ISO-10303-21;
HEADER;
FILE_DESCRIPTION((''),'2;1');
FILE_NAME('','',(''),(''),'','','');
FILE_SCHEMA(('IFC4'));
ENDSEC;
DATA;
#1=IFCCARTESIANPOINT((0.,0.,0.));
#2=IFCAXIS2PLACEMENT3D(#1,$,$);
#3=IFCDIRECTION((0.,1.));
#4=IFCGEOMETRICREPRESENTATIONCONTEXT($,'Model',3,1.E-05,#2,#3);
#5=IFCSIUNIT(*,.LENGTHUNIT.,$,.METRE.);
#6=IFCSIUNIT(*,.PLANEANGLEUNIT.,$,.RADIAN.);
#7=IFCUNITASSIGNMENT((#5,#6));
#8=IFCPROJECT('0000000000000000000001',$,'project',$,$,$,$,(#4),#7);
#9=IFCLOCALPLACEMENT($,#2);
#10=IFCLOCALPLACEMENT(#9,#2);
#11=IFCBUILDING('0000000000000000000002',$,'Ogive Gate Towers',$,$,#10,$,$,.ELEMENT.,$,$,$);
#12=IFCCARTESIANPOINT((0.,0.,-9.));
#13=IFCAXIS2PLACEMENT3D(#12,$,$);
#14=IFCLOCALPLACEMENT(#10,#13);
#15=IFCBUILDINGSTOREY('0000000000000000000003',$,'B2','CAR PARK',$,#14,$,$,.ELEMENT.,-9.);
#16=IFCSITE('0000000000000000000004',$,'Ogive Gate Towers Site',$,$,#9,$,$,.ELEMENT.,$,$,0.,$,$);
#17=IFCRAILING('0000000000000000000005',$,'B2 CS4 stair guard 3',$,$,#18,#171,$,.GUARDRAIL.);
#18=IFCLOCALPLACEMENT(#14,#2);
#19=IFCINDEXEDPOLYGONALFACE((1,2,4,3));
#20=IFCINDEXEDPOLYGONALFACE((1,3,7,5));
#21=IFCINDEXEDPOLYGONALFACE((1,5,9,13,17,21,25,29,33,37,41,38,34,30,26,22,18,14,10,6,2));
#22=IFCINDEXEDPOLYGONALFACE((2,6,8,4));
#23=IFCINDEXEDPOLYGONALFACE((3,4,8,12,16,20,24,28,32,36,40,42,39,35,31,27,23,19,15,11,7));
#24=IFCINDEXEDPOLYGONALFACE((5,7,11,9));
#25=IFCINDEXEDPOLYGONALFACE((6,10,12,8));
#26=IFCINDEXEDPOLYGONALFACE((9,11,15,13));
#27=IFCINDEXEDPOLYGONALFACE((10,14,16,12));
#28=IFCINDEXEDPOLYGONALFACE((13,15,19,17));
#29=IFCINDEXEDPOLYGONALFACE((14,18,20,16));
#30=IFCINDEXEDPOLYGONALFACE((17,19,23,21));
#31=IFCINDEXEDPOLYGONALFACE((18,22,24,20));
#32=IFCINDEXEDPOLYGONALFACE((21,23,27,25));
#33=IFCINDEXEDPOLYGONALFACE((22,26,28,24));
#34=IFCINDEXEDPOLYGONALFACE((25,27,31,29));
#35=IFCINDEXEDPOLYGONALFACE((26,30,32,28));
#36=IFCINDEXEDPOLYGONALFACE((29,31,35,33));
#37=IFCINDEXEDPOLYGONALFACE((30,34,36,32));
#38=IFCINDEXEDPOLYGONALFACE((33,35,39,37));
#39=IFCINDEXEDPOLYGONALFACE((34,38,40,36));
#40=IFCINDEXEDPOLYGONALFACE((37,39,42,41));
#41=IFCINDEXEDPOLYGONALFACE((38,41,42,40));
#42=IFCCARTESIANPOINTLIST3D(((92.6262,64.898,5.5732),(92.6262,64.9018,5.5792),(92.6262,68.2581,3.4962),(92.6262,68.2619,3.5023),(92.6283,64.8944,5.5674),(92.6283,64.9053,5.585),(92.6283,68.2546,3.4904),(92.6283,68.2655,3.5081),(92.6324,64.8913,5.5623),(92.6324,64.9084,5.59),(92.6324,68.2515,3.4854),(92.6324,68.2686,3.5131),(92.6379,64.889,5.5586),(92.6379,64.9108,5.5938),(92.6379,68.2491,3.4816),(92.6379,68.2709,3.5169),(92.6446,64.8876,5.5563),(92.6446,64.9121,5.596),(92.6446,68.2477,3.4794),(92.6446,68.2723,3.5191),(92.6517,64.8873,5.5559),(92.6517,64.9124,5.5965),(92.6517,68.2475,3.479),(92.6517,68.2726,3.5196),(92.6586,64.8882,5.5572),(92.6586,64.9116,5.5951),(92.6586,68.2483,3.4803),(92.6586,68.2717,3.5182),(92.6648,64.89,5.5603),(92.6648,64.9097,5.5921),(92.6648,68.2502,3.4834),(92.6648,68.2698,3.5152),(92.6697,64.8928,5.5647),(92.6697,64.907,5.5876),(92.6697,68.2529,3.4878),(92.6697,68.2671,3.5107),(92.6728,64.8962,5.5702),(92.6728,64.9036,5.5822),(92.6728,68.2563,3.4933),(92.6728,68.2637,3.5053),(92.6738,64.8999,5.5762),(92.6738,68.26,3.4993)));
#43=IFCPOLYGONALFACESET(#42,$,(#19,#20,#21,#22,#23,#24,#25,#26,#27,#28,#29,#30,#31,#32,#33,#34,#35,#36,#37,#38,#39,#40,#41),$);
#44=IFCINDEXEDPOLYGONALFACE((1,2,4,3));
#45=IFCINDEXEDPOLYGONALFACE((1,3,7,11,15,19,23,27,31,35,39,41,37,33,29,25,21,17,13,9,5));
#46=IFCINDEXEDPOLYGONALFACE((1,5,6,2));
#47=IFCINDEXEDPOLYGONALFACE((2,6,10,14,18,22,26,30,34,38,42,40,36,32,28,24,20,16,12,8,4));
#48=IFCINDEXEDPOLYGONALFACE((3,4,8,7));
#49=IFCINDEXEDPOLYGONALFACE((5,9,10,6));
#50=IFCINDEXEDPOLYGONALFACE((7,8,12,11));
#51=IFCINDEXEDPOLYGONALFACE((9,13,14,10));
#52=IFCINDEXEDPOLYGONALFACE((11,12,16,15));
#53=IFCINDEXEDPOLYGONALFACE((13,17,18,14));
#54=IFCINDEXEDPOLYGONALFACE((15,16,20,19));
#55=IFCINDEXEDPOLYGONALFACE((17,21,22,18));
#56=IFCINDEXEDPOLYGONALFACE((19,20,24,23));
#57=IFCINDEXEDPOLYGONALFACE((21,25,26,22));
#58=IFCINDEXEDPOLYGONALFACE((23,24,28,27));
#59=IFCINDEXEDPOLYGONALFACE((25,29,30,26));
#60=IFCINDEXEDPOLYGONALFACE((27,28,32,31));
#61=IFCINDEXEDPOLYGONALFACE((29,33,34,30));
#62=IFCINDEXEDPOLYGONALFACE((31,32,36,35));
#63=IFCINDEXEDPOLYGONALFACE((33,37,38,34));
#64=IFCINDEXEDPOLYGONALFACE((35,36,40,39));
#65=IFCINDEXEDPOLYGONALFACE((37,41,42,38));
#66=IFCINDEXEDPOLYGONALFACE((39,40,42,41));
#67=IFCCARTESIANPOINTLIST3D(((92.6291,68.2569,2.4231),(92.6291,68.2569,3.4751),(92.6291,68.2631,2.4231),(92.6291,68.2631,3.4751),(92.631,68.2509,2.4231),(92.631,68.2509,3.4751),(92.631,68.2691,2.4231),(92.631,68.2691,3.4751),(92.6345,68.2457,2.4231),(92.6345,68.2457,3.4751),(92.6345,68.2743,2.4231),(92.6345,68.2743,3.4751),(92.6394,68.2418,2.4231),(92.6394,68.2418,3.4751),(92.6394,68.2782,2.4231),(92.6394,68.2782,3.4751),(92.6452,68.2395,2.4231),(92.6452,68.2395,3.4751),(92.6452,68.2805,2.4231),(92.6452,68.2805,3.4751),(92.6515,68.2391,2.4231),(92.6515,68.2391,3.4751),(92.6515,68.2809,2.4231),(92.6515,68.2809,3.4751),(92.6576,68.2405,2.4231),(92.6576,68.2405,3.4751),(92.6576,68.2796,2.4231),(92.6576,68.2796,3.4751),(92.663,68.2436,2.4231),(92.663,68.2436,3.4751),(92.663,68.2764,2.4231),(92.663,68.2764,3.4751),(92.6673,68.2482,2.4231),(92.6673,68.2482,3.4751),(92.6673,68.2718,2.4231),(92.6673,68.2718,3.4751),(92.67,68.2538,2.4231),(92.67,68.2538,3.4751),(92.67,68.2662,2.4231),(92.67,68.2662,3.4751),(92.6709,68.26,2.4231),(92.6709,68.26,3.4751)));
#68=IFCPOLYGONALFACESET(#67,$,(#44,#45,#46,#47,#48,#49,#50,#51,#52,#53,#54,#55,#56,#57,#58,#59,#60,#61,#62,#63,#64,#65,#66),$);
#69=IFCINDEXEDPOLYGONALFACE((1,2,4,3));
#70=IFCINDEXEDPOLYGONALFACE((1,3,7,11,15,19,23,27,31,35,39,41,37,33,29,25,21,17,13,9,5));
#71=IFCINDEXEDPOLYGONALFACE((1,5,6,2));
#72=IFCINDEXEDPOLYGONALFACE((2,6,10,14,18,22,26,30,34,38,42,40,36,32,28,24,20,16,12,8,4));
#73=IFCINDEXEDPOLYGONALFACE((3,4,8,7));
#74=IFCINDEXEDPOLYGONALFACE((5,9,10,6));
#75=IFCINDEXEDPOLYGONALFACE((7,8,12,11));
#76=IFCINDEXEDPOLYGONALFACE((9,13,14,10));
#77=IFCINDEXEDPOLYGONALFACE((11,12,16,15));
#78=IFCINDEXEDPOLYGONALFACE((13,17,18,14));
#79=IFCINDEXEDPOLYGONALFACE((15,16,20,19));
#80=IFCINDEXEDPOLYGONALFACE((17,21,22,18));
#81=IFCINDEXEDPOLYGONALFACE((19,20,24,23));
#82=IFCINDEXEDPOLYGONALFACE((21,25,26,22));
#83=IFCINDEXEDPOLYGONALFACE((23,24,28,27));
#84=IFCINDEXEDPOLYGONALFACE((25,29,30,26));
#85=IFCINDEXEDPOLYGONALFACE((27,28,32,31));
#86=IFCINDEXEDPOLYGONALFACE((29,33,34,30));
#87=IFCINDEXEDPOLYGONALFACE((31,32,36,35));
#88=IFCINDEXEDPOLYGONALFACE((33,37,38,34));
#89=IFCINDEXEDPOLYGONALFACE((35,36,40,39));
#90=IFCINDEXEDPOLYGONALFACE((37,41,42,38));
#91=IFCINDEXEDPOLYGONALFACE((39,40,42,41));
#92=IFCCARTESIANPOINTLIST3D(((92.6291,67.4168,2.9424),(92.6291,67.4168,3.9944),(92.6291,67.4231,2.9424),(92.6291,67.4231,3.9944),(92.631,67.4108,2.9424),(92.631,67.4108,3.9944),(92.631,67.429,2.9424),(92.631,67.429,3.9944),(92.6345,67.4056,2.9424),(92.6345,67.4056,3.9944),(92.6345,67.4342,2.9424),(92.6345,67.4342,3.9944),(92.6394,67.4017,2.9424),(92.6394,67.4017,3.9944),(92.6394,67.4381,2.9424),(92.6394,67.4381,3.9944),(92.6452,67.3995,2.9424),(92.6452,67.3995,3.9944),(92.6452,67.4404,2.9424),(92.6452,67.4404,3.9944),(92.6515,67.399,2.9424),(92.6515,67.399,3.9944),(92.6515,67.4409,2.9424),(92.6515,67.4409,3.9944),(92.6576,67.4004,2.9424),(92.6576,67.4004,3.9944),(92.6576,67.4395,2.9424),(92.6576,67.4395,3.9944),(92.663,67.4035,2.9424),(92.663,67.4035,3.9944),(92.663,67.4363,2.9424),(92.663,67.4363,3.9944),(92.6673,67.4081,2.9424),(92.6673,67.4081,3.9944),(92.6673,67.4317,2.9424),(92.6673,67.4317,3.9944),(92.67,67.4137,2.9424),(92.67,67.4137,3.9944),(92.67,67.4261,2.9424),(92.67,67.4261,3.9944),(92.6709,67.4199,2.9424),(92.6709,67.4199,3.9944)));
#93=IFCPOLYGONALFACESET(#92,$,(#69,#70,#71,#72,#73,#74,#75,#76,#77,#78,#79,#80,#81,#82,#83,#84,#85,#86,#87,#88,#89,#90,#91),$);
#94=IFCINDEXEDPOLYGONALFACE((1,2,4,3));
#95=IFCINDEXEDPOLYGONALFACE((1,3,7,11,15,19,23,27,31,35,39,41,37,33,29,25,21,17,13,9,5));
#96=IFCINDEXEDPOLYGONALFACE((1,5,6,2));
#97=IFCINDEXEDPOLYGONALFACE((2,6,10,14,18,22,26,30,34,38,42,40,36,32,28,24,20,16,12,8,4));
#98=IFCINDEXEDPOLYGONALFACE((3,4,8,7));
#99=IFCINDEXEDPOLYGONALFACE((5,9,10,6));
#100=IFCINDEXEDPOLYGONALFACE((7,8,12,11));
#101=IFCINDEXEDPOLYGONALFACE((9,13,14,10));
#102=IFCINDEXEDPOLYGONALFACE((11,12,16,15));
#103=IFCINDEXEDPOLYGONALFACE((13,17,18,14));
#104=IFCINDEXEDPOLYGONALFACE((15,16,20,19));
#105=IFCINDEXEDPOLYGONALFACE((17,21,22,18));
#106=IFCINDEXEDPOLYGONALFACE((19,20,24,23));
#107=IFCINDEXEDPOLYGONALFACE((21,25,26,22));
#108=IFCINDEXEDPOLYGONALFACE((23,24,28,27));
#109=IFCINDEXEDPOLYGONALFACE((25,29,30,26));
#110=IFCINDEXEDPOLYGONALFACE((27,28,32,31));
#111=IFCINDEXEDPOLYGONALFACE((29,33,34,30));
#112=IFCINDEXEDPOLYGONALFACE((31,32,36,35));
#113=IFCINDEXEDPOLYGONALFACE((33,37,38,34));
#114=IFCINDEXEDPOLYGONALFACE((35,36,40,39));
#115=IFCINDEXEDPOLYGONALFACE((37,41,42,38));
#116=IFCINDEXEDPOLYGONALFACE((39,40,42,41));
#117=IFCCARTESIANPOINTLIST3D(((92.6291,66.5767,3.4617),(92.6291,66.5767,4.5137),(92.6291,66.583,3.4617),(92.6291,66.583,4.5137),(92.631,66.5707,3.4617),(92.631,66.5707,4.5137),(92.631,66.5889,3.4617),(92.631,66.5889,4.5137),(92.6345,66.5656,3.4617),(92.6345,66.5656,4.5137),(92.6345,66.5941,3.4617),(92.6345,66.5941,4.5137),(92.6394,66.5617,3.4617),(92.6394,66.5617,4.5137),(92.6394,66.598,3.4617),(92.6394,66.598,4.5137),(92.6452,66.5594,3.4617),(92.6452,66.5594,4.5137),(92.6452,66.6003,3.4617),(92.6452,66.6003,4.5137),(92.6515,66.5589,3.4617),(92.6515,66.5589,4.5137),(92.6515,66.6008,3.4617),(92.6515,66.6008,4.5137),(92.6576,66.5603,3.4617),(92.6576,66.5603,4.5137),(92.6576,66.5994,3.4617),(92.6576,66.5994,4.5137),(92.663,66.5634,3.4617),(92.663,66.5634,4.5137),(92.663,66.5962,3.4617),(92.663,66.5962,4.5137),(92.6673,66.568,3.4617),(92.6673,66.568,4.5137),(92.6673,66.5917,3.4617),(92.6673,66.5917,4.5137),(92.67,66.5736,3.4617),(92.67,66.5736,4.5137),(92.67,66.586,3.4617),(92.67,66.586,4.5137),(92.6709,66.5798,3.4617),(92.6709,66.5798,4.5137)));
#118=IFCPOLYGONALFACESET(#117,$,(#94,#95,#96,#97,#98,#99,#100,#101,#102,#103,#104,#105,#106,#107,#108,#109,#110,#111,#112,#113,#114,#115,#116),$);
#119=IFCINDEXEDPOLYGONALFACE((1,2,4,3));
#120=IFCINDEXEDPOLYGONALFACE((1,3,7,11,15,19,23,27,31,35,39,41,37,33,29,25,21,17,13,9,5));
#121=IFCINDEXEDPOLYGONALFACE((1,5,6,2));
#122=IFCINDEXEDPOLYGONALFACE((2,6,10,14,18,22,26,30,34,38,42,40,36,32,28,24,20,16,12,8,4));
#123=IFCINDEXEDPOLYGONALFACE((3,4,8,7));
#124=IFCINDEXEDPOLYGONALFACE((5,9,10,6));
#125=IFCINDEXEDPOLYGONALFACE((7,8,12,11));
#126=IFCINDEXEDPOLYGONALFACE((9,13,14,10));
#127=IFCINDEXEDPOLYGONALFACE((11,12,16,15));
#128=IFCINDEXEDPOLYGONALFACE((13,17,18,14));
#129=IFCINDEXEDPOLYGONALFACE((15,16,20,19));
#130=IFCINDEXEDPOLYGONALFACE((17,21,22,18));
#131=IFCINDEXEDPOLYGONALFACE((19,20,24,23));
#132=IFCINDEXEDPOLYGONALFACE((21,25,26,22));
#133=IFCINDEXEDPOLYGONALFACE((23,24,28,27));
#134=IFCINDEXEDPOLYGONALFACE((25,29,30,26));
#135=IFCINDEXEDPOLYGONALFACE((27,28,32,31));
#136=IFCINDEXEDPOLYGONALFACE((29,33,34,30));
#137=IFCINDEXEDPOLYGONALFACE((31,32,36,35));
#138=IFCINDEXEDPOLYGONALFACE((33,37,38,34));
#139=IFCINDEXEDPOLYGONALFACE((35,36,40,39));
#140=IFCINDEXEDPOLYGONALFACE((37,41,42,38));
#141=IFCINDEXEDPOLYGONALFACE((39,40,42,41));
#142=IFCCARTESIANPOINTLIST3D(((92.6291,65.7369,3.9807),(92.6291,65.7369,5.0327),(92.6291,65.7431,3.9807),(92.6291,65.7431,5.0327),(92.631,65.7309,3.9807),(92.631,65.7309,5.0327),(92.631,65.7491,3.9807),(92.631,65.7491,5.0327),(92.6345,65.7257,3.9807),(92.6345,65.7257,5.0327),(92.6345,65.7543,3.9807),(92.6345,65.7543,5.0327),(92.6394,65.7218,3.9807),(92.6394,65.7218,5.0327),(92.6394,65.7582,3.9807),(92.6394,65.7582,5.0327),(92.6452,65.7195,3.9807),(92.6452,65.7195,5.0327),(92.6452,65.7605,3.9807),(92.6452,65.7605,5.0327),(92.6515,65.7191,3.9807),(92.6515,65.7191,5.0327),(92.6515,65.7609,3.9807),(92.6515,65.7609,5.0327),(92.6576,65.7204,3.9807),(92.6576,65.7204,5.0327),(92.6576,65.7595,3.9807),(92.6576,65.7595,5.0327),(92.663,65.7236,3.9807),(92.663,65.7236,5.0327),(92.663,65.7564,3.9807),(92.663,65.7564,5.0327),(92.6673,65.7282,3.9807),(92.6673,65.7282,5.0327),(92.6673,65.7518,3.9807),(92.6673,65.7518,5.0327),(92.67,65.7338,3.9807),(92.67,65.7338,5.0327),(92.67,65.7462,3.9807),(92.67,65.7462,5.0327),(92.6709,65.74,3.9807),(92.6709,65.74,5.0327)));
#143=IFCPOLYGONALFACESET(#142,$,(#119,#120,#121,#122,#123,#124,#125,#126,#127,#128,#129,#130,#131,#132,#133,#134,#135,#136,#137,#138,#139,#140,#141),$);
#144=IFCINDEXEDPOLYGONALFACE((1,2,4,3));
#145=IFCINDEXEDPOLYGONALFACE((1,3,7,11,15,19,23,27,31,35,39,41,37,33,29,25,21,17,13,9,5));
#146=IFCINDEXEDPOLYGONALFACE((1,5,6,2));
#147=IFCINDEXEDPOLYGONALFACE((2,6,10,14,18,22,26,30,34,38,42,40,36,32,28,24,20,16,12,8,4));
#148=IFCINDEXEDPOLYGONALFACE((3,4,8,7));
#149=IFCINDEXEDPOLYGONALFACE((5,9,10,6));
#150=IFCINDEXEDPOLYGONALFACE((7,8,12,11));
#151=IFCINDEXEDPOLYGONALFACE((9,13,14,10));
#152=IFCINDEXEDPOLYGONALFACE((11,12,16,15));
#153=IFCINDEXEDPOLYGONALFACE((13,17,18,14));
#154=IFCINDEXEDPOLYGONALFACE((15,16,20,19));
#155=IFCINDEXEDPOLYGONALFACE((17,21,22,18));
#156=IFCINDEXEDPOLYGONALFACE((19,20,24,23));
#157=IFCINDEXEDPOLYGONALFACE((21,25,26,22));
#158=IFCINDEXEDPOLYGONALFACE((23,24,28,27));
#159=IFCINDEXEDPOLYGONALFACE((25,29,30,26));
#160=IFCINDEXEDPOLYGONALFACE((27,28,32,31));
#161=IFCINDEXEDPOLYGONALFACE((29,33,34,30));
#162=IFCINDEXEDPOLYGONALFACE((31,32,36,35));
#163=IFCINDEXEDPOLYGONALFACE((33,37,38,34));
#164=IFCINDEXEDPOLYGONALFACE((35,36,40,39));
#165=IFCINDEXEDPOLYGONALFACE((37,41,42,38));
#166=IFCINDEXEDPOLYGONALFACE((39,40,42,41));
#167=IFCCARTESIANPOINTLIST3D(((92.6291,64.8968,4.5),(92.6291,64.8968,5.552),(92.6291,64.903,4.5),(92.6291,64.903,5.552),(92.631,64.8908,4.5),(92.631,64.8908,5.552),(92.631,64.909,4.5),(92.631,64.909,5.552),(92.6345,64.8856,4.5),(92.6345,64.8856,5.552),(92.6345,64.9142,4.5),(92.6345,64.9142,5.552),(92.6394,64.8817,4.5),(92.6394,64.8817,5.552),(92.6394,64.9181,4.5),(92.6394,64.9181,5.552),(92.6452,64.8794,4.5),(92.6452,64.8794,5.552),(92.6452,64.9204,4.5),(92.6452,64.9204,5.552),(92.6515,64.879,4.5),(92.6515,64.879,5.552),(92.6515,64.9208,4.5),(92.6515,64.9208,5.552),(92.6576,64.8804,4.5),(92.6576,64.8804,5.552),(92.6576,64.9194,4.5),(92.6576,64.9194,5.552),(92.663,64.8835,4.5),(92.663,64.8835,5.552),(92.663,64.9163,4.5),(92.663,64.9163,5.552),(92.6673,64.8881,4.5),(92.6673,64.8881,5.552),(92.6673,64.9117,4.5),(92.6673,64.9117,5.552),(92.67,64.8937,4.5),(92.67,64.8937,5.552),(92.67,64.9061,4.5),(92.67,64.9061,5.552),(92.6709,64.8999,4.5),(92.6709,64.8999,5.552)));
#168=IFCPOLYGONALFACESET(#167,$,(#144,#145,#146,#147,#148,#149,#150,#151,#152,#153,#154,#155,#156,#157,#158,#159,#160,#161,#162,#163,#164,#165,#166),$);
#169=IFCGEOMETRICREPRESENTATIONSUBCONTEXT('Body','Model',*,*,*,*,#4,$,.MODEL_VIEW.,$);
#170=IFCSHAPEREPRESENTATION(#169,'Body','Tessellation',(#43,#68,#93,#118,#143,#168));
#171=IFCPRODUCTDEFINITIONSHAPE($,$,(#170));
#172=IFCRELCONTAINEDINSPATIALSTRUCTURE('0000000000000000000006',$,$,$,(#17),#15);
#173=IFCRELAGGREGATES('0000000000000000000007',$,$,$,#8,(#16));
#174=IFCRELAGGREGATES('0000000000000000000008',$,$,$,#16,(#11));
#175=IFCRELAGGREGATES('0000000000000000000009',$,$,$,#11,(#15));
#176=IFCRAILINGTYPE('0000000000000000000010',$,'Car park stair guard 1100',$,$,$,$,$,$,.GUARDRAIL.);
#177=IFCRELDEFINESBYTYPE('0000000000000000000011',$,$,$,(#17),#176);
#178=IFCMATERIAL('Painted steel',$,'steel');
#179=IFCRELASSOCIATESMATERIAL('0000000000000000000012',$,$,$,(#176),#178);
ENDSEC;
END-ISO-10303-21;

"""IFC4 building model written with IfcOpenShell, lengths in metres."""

from ifc_helpers import new_model, si_unit, direction, frame, origin, origin_2d, place, context, subcontext, project, spatial, circle, extrude, material, type_object, element, save


model = new_model("IFC4")

# Units and contexts
model_context = context("Model", 3, precision=1e-05, world=origin(), true_north=direction((0.0, 1.0)))
body_context = subcontext(model_context, "Body", "Model", "MODEL_VIEW")
ifc_project = project(units=[si_unit("LENGTHUNIT", "METRE"), si_unit("PLANEANGLEUNIT", "RADIAN")], contexts=[model_context])

# Site, building, storey
site_placement = place(None, origin())
site = spatial("IfcSite", under=ifc_project, at=site_placement, Name="Ogive Gate Towers Site", CompositionType="ELEMENT", RefElevation=0.0)
building_placement = place(site_placement, origin())
building = spatial("IfcBuilding", under=site, at=building_placement, Name="Ogive Gate Towers", CompositionType="ELEMENT")
storey_placement = place(building_placement, frame((0.0, 0.0, -9.0)))
storey = spatial("IfcBuildingStorey", under=building, at=storey_placement, Name="B2", Description="CAR PARK", CompositionType="ELEMENT", Elevation=-9.0)

# Railing
ifc_material_1 = material(Name="Painted steel", Category="steel")
railing_type_1 = type_object("IfcRailingType", Name="Car park stair guard 1100", PredefinedType="GUARDRAIL", material=ifc_material_1)
railing_1_placement = place(storey_placement, frame((92.6499, 68.26, 2.4231)))
element("IfcRailing", 1, at=railing_1_placement, inside=storey, type_object=railing_type_1, Name="B2 CS4 stair guard 3", PredefinedType="GUARDRAIL", context=body_context, shape_type="SweptSolid", body=[
    extrude(circle(Radius=0.0239, at=origin_2d()), frame((0.0, 0.0, 1.0762), z_axis=(0.0, -0.850623, 0.525776), x_axis=(1.0, 0.0, 0.0)), (0.0, 0.0, 1.0), 3.9502),
    extrude(circle(Radius=0.021, at=origin_2d()), origin(), (0.0, 0.0, 1.0), 1.052),
    extrude(circle(Radius=0.021, at=origin_2d()), frame((0.0, -0.8401, 0.5193)), (0.0, 0.0, 1.0), 1.052),
    extrude(circle(Radius=0.021, at=origin_2d()), frame((0.0, -1.6802, 1.0386)), (0.0, 0.0, 1.0), 1.052),
    extrude(circle(Radius=0.021, at=origin_2d()), frame((0.0, -2.52, 1.5576)), (0.0, 0.0, 1.0), 1.052),
    extrude(circle(Radius=0.021, at=origin_2d()), frame((0.0, -3.3601, 2.0769)), (0.0, 0.0, 1.0), 1.052),
])

save(model, "model.ifc")
